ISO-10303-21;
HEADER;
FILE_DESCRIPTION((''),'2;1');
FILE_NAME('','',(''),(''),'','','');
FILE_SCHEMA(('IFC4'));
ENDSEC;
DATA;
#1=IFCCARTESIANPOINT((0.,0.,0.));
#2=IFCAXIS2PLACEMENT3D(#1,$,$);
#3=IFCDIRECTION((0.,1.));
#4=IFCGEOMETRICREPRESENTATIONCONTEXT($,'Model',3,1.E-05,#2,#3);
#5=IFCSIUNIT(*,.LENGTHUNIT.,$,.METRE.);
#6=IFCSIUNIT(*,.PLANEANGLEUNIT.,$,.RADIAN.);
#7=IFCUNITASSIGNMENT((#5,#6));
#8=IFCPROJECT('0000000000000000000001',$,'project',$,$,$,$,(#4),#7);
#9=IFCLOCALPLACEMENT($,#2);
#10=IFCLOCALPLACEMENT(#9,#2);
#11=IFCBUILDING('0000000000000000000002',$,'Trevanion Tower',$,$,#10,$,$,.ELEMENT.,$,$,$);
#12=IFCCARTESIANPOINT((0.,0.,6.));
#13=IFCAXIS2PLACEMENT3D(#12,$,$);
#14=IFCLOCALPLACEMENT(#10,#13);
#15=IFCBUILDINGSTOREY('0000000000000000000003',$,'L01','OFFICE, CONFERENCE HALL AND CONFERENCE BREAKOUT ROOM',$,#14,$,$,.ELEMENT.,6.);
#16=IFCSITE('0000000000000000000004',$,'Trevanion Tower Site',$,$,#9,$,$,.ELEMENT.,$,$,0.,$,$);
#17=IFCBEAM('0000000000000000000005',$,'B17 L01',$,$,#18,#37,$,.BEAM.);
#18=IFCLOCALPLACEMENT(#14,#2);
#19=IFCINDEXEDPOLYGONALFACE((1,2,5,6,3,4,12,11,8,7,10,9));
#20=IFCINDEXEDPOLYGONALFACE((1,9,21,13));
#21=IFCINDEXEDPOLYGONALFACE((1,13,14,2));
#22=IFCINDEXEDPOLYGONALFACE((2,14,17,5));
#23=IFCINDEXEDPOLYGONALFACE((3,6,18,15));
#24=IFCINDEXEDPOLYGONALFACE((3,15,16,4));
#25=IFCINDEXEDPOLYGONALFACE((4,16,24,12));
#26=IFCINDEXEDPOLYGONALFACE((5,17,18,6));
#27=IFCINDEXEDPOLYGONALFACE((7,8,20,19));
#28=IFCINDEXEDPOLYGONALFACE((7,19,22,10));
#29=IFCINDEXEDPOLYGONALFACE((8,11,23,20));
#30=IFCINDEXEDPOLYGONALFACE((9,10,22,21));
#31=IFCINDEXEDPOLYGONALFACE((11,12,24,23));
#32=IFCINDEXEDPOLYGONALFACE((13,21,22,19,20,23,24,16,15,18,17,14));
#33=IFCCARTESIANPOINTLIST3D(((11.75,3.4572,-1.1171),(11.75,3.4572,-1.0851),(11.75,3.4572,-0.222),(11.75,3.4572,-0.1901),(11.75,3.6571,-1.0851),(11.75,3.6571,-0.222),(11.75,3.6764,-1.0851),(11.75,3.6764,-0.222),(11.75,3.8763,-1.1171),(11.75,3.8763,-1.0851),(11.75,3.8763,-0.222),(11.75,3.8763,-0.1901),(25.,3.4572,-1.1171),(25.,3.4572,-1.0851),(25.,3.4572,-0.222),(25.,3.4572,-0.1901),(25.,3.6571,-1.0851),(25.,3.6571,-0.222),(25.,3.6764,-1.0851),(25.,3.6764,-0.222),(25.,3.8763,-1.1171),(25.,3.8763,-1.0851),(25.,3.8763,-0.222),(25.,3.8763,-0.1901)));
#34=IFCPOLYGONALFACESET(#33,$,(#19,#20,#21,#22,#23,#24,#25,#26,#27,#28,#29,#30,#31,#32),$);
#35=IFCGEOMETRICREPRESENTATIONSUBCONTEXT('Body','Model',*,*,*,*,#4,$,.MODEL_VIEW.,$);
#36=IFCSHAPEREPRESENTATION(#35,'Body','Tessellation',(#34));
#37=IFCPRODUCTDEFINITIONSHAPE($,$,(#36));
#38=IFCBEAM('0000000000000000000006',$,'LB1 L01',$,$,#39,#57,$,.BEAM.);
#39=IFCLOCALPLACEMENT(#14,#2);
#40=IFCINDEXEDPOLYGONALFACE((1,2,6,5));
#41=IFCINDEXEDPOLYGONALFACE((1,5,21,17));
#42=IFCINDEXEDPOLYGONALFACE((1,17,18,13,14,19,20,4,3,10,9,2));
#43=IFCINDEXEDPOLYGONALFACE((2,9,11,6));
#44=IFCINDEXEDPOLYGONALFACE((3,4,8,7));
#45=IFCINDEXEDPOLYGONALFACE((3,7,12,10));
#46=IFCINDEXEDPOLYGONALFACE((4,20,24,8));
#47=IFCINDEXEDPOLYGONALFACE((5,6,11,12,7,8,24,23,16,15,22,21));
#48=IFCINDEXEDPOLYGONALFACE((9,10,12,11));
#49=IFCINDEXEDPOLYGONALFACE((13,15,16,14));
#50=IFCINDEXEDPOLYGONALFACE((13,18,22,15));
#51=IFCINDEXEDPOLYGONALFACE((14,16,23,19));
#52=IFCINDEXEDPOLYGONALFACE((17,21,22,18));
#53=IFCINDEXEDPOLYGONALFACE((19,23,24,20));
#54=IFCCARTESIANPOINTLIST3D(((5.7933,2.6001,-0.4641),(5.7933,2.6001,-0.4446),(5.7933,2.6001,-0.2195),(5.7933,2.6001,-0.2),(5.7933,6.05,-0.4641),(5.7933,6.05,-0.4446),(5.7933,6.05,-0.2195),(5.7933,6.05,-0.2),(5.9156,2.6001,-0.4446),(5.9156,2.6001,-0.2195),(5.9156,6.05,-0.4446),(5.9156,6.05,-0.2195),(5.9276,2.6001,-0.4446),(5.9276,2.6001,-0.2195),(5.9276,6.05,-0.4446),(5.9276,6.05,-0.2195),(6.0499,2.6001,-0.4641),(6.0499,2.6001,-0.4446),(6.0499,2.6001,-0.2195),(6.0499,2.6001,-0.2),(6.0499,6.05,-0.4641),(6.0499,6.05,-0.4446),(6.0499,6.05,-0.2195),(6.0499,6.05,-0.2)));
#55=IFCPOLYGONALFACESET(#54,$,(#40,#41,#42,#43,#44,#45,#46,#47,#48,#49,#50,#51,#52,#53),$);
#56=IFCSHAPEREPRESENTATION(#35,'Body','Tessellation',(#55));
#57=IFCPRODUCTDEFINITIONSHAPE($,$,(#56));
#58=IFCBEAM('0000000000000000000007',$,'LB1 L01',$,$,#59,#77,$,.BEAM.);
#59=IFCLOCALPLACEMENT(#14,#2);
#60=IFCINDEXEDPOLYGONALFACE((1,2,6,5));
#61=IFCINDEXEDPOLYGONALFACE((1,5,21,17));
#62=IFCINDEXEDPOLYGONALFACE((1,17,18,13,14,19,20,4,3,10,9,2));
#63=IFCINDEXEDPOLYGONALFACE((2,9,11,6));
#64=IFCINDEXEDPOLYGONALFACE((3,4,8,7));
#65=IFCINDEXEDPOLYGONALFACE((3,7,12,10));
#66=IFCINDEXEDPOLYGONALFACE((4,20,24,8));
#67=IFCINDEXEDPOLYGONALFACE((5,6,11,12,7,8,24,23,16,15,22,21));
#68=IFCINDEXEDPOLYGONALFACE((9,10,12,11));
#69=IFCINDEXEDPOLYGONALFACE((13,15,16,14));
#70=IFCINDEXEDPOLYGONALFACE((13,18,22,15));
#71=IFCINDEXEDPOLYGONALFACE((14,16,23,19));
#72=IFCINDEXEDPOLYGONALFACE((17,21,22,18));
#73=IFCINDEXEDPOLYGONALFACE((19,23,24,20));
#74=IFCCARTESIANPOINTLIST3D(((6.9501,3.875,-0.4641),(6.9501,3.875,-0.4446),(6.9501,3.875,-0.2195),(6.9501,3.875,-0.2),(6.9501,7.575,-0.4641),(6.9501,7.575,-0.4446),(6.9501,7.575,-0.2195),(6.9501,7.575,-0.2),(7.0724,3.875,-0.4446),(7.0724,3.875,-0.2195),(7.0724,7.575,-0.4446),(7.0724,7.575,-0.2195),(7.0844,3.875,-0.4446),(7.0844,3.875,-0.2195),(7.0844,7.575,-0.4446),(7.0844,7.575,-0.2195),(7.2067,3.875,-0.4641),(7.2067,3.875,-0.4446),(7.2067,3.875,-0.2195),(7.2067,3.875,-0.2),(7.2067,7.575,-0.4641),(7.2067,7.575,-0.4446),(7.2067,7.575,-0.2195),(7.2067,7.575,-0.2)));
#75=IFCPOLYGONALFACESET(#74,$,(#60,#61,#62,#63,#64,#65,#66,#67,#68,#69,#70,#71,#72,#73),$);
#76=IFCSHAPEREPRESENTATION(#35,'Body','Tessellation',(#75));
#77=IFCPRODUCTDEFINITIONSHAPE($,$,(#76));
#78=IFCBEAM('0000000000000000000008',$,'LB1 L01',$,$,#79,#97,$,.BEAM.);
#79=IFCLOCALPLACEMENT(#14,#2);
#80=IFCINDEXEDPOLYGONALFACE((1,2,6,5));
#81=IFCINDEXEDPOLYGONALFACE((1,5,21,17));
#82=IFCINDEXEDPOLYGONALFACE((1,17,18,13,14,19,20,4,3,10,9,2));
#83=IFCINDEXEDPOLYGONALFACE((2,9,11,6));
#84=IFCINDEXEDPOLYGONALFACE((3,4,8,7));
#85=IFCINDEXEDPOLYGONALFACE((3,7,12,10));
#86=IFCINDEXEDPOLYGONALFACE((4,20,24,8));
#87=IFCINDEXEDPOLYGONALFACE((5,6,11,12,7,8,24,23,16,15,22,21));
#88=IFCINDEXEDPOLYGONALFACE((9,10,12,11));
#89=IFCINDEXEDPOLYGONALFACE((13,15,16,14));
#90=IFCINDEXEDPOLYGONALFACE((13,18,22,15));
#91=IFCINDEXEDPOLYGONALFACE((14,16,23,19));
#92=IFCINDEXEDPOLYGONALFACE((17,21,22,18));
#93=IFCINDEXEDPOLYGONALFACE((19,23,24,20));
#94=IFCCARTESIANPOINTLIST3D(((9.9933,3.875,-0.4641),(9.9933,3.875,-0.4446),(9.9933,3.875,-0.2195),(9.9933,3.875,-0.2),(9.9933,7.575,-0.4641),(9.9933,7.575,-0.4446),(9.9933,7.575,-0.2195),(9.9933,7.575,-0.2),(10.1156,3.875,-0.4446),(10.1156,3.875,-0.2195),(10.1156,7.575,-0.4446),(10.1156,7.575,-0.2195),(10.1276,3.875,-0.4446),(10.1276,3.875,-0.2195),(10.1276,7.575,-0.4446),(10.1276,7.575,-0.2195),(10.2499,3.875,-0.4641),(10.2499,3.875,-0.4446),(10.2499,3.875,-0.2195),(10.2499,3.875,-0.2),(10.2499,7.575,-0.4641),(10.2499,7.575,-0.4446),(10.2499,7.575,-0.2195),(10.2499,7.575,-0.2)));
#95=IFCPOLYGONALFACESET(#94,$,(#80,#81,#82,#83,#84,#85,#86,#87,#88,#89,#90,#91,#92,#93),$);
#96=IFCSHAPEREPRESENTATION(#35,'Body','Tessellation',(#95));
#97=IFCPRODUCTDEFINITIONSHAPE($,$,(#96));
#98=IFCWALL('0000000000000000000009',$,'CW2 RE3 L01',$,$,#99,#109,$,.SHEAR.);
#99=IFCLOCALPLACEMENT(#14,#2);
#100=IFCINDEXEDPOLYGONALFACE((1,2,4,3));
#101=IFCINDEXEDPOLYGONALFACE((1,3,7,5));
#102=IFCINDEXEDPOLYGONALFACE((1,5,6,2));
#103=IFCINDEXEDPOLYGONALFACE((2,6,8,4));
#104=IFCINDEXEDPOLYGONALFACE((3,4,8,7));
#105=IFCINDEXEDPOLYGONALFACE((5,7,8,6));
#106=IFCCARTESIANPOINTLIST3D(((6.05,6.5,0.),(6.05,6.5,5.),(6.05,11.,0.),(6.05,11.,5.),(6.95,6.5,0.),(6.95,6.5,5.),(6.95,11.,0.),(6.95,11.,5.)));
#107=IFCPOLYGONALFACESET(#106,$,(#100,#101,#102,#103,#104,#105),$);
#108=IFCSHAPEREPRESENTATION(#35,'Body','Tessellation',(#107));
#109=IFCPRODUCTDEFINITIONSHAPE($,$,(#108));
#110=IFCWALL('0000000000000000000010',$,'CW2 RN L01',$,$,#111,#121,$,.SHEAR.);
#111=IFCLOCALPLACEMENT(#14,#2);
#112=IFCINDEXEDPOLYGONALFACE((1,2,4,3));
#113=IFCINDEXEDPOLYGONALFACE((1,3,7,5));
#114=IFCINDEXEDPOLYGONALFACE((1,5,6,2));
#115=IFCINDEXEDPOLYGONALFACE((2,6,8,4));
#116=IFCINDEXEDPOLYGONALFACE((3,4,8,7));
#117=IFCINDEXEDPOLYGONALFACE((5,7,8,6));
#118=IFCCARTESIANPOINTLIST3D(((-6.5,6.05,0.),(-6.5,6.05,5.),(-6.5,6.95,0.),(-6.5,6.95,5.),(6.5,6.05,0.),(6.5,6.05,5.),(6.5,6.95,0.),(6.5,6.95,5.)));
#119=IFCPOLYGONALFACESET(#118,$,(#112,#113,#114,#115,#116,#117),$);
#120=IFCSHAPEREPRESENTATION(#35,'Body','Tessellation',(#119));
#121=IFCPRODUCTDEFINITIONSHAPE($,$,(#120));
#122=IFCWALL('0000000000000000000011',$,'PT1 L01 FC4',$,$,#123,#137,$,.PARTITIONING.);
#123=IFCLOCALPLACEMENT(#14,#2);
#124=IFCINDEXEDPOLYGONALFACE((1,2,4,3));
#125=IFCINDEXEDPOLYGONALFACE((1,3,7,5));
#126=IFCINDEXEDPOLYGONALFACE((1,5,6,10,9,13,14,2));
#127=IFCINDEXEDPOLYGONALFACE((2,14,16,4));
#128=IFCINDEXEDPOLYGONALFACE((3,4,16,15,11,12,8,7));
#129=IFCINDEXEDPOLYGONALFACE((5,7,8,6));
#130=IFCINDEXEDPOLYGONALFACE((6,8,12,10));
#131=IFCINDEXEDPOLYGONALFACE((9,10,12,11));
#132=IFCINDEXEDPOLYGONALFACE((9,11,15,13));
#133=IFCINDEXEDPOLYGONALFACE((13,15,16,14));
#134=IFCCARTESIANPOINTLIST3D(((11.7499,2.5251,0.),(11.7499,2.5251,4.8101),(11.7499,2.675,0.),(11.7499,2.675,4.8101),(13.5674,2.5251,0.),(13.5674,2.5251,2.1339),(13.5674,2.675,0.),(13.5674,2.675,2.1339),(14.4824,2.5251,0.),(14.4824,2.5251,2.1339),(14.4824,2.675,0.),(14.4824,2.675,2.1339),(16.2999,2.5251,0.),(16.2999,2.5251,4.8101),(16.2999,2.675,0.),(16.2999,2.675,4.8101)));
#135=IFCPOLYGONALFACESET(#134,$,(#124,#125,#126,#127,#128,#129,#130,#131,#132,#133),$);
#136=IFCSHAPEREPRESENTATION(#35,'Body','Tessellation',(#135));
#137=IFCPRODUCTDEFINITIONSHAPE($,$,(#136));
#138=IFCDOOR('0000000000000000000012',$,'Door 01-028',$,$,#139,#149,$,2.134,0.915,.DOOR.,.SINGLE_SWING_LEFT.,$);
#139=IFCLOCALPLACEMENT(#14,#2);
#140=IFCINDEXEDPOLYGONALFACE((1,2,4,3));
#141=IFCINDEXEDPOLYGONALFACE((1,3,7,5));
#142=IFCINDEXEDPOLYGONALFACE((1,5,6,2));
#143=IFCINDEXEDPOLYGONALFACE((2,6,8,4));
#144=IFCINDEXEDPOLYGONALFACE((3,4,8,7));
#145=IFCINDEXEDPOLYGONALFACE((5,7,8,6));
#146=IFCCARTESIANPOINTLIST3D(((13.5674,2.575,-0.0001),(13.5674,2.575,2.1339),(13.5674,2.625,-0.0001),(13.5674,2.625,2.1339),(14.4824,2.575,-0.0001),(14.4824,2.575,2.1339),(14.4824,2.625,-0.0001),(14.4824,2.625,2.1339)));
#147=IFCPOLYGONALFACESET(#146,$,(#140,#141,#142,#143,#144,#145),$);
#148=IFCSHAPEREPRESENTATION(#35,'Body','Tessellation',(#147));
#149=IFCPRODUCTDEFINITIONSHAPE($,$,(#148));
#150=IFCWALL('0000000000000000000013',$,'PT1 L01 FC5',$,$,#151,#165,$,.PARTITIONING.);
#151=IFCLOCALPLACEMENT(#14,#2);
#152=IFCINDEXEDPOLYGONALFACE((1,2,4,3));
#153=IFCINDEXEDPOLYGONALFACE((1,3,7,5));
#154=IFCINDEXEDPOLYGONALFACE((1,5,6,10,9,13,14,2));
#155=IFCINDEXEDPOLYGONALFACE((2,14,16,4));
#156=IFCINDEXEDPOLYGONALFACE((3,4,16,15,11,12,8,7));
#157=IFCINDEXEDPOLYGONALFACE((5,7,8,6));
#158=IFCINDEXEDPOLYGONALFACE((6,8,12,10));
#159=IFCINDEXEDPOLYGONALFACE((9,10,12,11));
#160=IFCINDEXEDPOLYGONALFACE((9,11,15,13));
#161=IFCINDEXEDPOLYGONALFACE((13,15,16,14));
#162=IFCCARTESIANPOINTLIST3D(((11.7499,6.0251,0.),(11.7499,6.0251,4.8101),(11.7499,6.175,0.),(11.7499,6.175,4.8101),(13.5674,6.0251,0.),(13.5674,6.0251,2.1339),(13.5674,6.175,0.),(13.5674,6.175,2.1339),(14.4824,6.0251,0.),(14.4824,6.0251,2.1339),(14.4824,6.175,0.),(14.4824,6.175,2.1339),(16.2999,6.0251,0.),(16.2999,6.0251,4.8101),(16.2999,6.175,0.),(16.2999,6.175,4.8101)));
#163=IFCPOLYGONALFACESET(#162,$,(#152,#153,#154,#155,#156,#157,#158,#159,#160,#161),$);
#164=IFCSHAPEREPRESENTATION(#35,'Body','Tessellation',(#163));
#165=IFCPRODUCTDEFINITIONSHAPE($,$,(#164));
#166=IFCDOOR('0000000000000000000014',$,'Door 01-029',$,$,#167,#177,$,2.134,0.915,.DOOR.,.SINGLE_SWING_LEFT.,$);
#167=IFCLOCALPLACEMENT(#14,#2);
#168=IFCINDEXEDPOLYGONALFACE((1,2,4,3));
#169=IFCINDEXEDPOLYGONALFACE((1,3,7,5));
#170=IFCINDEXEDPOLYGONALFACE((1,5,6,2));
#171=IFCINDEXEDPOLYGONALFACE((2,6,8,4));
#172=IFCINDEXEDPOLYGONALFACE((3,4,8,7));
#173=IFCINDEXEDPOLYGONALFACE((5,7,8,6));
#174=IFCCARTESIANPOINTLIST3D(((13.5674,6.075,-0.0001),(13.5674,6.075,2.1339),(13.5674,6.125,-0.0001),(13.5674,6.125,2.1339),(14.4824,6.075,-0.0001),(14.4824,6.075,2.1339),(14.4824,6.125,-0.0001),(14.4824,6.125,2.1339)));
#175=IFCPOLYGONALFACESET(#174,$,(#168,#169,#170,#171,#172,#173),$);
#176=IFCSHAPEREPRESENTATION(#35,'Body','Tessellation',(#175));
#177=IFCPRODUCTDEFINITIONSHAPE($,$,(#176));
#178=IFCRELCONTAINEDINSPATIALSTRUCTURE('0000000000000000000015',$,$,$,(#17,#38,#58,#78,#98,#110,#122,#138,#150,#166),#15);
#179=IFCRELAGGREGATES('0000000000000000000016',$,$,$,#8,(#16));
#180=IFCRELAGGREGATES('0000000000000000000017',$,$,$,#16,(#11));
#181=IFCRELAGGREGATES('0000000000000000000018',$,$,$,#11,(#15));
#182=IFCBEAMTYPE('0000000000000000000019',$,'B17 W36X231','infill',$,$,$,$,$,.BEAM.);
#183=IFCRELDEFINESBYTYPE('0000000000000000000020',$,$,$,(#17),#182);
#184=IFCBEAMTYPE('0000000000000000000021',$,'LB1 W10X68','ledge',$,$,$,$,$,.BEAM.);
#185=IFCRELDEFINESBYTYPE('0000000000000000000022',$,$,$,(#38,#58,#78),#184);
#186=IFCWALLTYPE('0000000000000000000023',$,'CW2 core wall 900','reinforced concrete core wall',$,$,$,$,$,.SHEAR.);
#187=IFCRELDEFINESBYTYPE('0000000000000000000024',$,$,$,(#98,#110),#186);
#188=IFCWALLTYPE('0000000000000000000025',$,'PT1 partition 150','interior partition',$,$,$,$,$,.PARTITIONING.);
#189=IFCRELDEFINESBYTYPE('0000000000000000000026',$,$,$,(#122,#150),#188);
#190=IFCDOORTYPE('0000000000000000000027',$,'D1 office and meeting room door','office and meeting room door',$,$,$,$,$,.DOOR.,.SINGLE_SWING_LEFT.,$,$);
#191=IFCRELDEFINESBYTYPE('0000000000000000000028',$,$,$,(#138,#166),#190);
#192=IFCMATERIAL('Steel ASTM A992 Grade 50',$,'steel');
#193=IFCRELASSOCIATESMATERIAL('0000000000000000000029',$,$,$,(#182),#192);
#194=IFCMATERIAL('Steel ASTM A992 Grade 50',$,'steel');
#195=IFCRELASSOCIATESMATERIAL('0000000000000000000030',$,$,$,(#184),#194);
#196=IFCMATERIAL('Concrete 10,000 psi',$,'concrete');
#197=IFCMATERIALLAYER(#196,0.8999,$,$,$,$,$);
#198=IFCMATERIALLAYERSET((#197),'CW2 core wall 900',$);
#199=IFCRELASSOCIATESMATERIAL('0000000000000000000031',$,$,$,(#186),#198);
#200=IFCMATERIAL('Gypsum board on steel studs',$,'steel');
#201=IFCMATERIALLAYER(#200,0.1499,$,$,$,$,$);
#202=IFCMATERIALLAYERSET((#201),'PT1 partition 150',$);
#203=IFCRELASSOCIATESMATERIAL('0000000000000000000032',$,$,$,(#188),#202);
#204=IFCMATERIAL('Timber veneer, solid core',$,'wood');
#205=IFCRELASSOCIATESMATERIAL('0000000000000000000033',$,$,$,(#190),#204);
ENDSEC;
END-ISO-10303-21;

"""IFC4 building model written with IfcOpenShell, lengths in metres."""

from ifc_helpers import new_model, si_unit, direction, frame, frame_2d, origin, origin_2d, place, context, subcontext, project, spatial, rectangle, i_section, extrude, material, layer, layer_set, material_profile, profile_set, type_object, element, fill, save


model = new_model("IFC4")

# Units and contexts
model_context = context("Model", 3, precision=1e-05, world=origin(), true_north=direction((0.0, 1.0)))
body_context = subcontext(model_context, "Body", "Model", "MODEL_VIEW")
ifc_project = project(units=[si_unit("LENGTHUNIT", "METRE"), si_unit("PLANEANGLEUNIT", "RADIAN")], contexts=[model_context])

# Site, building, storey
site_placement = place(None, origin())
site = spatial("IfcSite", under=ifc_project, at=site_placement, Name="Trevanion Tower Site", CompositionType="ELEMENT", RefElevation=0.0)
building_placement = place(site_placement, origin())
building = spatial("IfcBuilding", under=site, at=building_placement, Name="Trevanion Tower", CompositionType="ELEMENT")
storey_placement = place(building_placement, frame((0.0, 0.0, 6.0)))
storey = spatial("IfcBuildingStorey", under=building, at=storey_placement, Name="L01", Description="OFFICE, CONFERENCE HALL AND CONFERENCE BREAKOUT ROOM", CompositionType="ELEMENT", Elevation=6.0)

# Beams
ifc_material_1 = material(Name="Steel ASTM A992 Grade 50", Category="steel")
ifc_material_profile_1 = material_profile(ifc_material_1, i_section(OverallWidth=0.4192, OverallDepth=0.927, WebThickness=0.0193, FlangeThickness=0.032, at=origin_2d()), Name="W36X231")
ifc_profile_set_1 = profile_set([ifc_material_profile_1], Name="Steel ASTM A992 Grade 50")
beam_type_1 = type_object("IfcBeamType", Name="B17 W36X231", Description="infill", PredefinedType="BEAM", material=ifc_profile_set_1)
beam_1_placement = place(storey_placement, frame((11.75, 3.6667, -0.6536), z_axis=(1.0, 0.0, 0.0), x_axis=(0.0, 1.0, 0.0)))
element("IfcBeam", 1, at=beam_1_placement, inside=storey, type_object=beam_type_1, Name="B17 L01", PredefinedType="BEAM", context=body_context, shape_type="SweptSolid", body=[
    extrude(i_section(OverallWidth=0.4192, OverallDepth=0.927, WebThickness=0.0193, FlangeThickness=0.032, at=origin_2d()), origin(), (0.0, 0.0, 1.0), 13.25),
])
ifc_material_2 = material(Name="Steel ASTM A992 Grade 50", Category="steel")
ifc_material_profile_2 = material_profile(ifc_material_2, i_section(OverallWidth=0.2566, OverallDepth=0.2642, WebThickness=0.012, FlangeThickness=0.0195, at=origin_2d()), Name="W10X68")
ifc_profile_set_2 = profile_set([ifc_material_profile_2], Name="Steel ASTM A992 Grade 50")
beam_type_2 = type_object("IfcBeamType", Name="LB1 W10X68", Description="ledge", PredefinedType="BEAM", material=ifc_profile_set_2)
beam_2_placement = place(storey_placement, frame((5.9216, 2.6001, -0.332), z_axis=(0.0, 1.0, 0.0), x_axis=(-1.0, 0.0, 0.0)))
element("IfcBeam", 2, at=beam_2_placement, inside=storey, type_object=beam_type_2, Name="LB1 L01", PredefinedType="BEAM", context=body_context, shape_type="SweptSolid", body=[
    extrude(i_section(OverallWidth=0.2566, OverallDepth=0.2642, WebThickness=0.012, FlangeThickness=0.0195, at=origin_2d()), origin(), (0.0, 0.0, 1.0), 3.45),
])
for number, where, z_axis, x_axis, name in (
    (3, (7.0784, 3.875, -0.332), (0.0, 1.0, 0.0), (-1.0, 0.0, 0.0), "LB1 L01"),
    (4, (10.1216, 3.875, -0.332), (0.0, 1.0, 0.0), (-1.0, 0.0, 0.0), "LB1 L01"),
):
    element("IfcBeam", number, at=place(storey_placement, frame(where, z_axis=z_axis, x_axis=x_axis)), inside=storey, type_object=beam_type_2, Name=name, PredefinedType="BEAM", context=body_context, shape_type="SweptSolid", body=[
        extrude(i_section(OverallWidth=0.2566, OverallDepth=0.2642, WebThickness=0.012, FlangeThickness=0.0195, at=origin_2d()), origin(), (0.0, 0.0, 1.0), 3.7),
    ])

# Walls
ifc_material_3 = material(Name="Concrete 10,000 psi", Category="concrete")
ifc_layer_1 = layer(ifc_material_3, 0.8999)
ifc_layer_set_1 = layer_set([ifc_layer_1], Name="CW2 core wall 900")
wall_type_1 = type_object("IfcWallType", Name="CW2 core wall 900", Description="reinforced concrete core wall", PredefinedType="SHEAR", material=ifc_layer_set_1)
wall_1_placement = place(storey_placement, frame((6.5, 6.5, 0.0), z_axis=(0.0, 0.0, 1.0), x_axis=(0.0, 1.0, 0.0)))
element("IfcWall", 5, at=wall_1_placement, inside=storey, type_object=wall_type_1, Name="CW2 RE3 L01", PredefinedType="SHEAR", context=body_context, shape_type="SweptSolid", body=[
    extrude(rectangle(XDim=4.5, YDim=0.8999, at=frame_2d((2.25, 0.0))), origin(), (0.0, 0.0, 1.0), 5.0),
])
wall_2_placement = place(storey_placement, frame((6.5, 6.5, 0.0), z_axis=(0.0, 0.0, 1.0), x_axis=(-1.0, 0.0, 0.0)))
element("IfcWall", 6, at=wall_2_placement, inside=storey, type_object=wall_type_1, Name="CW2 RN L01", PredefinedType="SHEAR", context=body_context, shape_type="SweptSolid", body=[
    extrude(rectangle(XDim=13.0, YDim=0.8999, at=frame_2d((6.5, 0.0))), origin(), (0.0, 0.0, 1.0), 5.0),
])

# Walls, openings, doors
ifc_material_4 = material(Name="Gypsum board on steel studs", Category="steel")
ifc_layer_2 = layer(ifc_material_4, 0.1499)
ifc_layer_set_2 = layer_set([ifc_layer_2], Name="PT1 partition 150")
wall_type_2 = type_object("IfcWallType", Name="PT1 partition 150", Description="interior partition", PredefinedType="PARTITIONING", material=ifc_layer_set_2)
wall_3_placement = place(storey_placement, frame((11.75, 2.6001, 0.0), z_axis=(0.0, 0.0, 1.0), x_axis=(1.0, 0.0, 0.0)))
wall_3 = element("IfcWall", 7, at=wall_3_placement, inside=storey, type_object=wall_type_2, Name="PT1 L01 FC4", PredefinedType="PARTITIONING", context=body_context, shape_type="SweptSolid", body=[
    extrude(rectangle(XDim=4.55, YDim=0.1499, at=frame_2d((2.2749, 0.0))), origin(), (0.0, 0.0, 1.0), 4.8101),
])
opening_1_placement = place(wall_3_placement, frame((1.8174, 0.0, 0.0)))
opening_1 = element("IfcOpeningElement", 8, at=opening_1_placement, cuts=wall_3, PredefinedType="OPENING", context=body_context, shape_type="SweptSolid", body=[
    extrude(rectangle(XDim=0.915, YDim=2.134, at=frame_2d((0.4575, 1.0669))), frame((0.0, 0.085, 0.0), z_axis=(0.0, -1.0, 0.0), x_axis=(1.0, 0.0, 0.0)), (0.0, 0.0, 1.0), 0.1699),
])
ifc_material_5 = material(Name="Timber veneer, solid core", Category="wood")
door_type_1 = type_object("IfcDoorType", Name="D1 office and meeting room door", Description="office and meeting room door", OperationType="SINGLE_SWING_LEFT", PredefinedType="DOOR", material=ifc_material_5)
door_1_placement = place(opening_1_placement, origin())
door_1 = element("IfcDoor", 9, at=door_1_placement, inside=storey, type_object=door_type_1, Name="Door 01-028", OperationType="SINGLE_SWING_LEFT", OverallHeight=2.134, OverallWidth=0.915, PredefinedType="DOOR", context=body_context, shape_type="SweptSolid", body=[
    extrude(rectangle(XDim=0.915, YDim=2.134, at=frame_2d((0.4575, 1.0669))), frame((0.0, 0.0249, 0.0), z_axis=(0.0, -1.0, 0.0), x_axis=(1.0, 0.0, 0.0)), (0.0, 0.0, 1.0), 0.05),
])
fill(opening_1, door_1)
wall_4_placement = place(storey_placement, frame((11.75, 6.1001, 0.0), z_axis=(0.0, 0.0, 1.0), x_axis=(1.0, 0.0, 0.0)))
wall_4 = element("IfcWall", 10, at=wall_4_placement, inside=storey, type_object=wall_type_2, Name="PT1 L01 FC5", PredefinedType="PARTITIONING", context=body_context, shape_type="SweptSolid", body=[
    extrude(rectangle(XDim=4.55, YDim=0.1499, at=frame_2d((2.2749, 0.0))), origin(), (0.0, 0.0, 1.0), 4.8101),
])
opening_2_placement = place(wall_4_placement, frame((1.8174, 0.0, 0.0)))
opening_2 = element("IfcOpeningElement", 11, at=opening_2_placement, cuts=wall_4, PredefinedType="OPENING", context=body_context, shape_type="SweptSolid", body=[
    extrude(rectangle(XDim=0.915, YDim=2.134, at=frame_2d((0.4575, 1.0669))), frame((0.0, 0.085, 0.0), z_axis=(0.0, -1.0, 0.0), x_axis=(1.0, 0.0, 0.0)), (0.0, 0.0, 1.0), 0.1699),
])
door_2_placement = place(opening_2_placement, origin())
door_2 = element("IfcDoor", 12, at=door_2_placement, inside=storey, type_object=door_type_1, Name="Door 01-029", OperationType="SINGLE_SWING_LEFT", OverallHeight=2.134, OverallWidth=0.915, PredefinedType="DOOR", context=body_context, shape_type="SweptSolid", body=[
    extrude(rectangle(XDim=0.915, YDim=2.134, at=frame_2d((0.4575, 1.0669))), frame((0.0, 0.0249, 0.0), z_axis=(0.0, -1.0, 0.0), x_axis=(1.0, 0.0, 0.0)), (0.0, 0.0, 1.0), 0.05),
])
fill(opening_2, door_2)

save(model, "model.ifc")
